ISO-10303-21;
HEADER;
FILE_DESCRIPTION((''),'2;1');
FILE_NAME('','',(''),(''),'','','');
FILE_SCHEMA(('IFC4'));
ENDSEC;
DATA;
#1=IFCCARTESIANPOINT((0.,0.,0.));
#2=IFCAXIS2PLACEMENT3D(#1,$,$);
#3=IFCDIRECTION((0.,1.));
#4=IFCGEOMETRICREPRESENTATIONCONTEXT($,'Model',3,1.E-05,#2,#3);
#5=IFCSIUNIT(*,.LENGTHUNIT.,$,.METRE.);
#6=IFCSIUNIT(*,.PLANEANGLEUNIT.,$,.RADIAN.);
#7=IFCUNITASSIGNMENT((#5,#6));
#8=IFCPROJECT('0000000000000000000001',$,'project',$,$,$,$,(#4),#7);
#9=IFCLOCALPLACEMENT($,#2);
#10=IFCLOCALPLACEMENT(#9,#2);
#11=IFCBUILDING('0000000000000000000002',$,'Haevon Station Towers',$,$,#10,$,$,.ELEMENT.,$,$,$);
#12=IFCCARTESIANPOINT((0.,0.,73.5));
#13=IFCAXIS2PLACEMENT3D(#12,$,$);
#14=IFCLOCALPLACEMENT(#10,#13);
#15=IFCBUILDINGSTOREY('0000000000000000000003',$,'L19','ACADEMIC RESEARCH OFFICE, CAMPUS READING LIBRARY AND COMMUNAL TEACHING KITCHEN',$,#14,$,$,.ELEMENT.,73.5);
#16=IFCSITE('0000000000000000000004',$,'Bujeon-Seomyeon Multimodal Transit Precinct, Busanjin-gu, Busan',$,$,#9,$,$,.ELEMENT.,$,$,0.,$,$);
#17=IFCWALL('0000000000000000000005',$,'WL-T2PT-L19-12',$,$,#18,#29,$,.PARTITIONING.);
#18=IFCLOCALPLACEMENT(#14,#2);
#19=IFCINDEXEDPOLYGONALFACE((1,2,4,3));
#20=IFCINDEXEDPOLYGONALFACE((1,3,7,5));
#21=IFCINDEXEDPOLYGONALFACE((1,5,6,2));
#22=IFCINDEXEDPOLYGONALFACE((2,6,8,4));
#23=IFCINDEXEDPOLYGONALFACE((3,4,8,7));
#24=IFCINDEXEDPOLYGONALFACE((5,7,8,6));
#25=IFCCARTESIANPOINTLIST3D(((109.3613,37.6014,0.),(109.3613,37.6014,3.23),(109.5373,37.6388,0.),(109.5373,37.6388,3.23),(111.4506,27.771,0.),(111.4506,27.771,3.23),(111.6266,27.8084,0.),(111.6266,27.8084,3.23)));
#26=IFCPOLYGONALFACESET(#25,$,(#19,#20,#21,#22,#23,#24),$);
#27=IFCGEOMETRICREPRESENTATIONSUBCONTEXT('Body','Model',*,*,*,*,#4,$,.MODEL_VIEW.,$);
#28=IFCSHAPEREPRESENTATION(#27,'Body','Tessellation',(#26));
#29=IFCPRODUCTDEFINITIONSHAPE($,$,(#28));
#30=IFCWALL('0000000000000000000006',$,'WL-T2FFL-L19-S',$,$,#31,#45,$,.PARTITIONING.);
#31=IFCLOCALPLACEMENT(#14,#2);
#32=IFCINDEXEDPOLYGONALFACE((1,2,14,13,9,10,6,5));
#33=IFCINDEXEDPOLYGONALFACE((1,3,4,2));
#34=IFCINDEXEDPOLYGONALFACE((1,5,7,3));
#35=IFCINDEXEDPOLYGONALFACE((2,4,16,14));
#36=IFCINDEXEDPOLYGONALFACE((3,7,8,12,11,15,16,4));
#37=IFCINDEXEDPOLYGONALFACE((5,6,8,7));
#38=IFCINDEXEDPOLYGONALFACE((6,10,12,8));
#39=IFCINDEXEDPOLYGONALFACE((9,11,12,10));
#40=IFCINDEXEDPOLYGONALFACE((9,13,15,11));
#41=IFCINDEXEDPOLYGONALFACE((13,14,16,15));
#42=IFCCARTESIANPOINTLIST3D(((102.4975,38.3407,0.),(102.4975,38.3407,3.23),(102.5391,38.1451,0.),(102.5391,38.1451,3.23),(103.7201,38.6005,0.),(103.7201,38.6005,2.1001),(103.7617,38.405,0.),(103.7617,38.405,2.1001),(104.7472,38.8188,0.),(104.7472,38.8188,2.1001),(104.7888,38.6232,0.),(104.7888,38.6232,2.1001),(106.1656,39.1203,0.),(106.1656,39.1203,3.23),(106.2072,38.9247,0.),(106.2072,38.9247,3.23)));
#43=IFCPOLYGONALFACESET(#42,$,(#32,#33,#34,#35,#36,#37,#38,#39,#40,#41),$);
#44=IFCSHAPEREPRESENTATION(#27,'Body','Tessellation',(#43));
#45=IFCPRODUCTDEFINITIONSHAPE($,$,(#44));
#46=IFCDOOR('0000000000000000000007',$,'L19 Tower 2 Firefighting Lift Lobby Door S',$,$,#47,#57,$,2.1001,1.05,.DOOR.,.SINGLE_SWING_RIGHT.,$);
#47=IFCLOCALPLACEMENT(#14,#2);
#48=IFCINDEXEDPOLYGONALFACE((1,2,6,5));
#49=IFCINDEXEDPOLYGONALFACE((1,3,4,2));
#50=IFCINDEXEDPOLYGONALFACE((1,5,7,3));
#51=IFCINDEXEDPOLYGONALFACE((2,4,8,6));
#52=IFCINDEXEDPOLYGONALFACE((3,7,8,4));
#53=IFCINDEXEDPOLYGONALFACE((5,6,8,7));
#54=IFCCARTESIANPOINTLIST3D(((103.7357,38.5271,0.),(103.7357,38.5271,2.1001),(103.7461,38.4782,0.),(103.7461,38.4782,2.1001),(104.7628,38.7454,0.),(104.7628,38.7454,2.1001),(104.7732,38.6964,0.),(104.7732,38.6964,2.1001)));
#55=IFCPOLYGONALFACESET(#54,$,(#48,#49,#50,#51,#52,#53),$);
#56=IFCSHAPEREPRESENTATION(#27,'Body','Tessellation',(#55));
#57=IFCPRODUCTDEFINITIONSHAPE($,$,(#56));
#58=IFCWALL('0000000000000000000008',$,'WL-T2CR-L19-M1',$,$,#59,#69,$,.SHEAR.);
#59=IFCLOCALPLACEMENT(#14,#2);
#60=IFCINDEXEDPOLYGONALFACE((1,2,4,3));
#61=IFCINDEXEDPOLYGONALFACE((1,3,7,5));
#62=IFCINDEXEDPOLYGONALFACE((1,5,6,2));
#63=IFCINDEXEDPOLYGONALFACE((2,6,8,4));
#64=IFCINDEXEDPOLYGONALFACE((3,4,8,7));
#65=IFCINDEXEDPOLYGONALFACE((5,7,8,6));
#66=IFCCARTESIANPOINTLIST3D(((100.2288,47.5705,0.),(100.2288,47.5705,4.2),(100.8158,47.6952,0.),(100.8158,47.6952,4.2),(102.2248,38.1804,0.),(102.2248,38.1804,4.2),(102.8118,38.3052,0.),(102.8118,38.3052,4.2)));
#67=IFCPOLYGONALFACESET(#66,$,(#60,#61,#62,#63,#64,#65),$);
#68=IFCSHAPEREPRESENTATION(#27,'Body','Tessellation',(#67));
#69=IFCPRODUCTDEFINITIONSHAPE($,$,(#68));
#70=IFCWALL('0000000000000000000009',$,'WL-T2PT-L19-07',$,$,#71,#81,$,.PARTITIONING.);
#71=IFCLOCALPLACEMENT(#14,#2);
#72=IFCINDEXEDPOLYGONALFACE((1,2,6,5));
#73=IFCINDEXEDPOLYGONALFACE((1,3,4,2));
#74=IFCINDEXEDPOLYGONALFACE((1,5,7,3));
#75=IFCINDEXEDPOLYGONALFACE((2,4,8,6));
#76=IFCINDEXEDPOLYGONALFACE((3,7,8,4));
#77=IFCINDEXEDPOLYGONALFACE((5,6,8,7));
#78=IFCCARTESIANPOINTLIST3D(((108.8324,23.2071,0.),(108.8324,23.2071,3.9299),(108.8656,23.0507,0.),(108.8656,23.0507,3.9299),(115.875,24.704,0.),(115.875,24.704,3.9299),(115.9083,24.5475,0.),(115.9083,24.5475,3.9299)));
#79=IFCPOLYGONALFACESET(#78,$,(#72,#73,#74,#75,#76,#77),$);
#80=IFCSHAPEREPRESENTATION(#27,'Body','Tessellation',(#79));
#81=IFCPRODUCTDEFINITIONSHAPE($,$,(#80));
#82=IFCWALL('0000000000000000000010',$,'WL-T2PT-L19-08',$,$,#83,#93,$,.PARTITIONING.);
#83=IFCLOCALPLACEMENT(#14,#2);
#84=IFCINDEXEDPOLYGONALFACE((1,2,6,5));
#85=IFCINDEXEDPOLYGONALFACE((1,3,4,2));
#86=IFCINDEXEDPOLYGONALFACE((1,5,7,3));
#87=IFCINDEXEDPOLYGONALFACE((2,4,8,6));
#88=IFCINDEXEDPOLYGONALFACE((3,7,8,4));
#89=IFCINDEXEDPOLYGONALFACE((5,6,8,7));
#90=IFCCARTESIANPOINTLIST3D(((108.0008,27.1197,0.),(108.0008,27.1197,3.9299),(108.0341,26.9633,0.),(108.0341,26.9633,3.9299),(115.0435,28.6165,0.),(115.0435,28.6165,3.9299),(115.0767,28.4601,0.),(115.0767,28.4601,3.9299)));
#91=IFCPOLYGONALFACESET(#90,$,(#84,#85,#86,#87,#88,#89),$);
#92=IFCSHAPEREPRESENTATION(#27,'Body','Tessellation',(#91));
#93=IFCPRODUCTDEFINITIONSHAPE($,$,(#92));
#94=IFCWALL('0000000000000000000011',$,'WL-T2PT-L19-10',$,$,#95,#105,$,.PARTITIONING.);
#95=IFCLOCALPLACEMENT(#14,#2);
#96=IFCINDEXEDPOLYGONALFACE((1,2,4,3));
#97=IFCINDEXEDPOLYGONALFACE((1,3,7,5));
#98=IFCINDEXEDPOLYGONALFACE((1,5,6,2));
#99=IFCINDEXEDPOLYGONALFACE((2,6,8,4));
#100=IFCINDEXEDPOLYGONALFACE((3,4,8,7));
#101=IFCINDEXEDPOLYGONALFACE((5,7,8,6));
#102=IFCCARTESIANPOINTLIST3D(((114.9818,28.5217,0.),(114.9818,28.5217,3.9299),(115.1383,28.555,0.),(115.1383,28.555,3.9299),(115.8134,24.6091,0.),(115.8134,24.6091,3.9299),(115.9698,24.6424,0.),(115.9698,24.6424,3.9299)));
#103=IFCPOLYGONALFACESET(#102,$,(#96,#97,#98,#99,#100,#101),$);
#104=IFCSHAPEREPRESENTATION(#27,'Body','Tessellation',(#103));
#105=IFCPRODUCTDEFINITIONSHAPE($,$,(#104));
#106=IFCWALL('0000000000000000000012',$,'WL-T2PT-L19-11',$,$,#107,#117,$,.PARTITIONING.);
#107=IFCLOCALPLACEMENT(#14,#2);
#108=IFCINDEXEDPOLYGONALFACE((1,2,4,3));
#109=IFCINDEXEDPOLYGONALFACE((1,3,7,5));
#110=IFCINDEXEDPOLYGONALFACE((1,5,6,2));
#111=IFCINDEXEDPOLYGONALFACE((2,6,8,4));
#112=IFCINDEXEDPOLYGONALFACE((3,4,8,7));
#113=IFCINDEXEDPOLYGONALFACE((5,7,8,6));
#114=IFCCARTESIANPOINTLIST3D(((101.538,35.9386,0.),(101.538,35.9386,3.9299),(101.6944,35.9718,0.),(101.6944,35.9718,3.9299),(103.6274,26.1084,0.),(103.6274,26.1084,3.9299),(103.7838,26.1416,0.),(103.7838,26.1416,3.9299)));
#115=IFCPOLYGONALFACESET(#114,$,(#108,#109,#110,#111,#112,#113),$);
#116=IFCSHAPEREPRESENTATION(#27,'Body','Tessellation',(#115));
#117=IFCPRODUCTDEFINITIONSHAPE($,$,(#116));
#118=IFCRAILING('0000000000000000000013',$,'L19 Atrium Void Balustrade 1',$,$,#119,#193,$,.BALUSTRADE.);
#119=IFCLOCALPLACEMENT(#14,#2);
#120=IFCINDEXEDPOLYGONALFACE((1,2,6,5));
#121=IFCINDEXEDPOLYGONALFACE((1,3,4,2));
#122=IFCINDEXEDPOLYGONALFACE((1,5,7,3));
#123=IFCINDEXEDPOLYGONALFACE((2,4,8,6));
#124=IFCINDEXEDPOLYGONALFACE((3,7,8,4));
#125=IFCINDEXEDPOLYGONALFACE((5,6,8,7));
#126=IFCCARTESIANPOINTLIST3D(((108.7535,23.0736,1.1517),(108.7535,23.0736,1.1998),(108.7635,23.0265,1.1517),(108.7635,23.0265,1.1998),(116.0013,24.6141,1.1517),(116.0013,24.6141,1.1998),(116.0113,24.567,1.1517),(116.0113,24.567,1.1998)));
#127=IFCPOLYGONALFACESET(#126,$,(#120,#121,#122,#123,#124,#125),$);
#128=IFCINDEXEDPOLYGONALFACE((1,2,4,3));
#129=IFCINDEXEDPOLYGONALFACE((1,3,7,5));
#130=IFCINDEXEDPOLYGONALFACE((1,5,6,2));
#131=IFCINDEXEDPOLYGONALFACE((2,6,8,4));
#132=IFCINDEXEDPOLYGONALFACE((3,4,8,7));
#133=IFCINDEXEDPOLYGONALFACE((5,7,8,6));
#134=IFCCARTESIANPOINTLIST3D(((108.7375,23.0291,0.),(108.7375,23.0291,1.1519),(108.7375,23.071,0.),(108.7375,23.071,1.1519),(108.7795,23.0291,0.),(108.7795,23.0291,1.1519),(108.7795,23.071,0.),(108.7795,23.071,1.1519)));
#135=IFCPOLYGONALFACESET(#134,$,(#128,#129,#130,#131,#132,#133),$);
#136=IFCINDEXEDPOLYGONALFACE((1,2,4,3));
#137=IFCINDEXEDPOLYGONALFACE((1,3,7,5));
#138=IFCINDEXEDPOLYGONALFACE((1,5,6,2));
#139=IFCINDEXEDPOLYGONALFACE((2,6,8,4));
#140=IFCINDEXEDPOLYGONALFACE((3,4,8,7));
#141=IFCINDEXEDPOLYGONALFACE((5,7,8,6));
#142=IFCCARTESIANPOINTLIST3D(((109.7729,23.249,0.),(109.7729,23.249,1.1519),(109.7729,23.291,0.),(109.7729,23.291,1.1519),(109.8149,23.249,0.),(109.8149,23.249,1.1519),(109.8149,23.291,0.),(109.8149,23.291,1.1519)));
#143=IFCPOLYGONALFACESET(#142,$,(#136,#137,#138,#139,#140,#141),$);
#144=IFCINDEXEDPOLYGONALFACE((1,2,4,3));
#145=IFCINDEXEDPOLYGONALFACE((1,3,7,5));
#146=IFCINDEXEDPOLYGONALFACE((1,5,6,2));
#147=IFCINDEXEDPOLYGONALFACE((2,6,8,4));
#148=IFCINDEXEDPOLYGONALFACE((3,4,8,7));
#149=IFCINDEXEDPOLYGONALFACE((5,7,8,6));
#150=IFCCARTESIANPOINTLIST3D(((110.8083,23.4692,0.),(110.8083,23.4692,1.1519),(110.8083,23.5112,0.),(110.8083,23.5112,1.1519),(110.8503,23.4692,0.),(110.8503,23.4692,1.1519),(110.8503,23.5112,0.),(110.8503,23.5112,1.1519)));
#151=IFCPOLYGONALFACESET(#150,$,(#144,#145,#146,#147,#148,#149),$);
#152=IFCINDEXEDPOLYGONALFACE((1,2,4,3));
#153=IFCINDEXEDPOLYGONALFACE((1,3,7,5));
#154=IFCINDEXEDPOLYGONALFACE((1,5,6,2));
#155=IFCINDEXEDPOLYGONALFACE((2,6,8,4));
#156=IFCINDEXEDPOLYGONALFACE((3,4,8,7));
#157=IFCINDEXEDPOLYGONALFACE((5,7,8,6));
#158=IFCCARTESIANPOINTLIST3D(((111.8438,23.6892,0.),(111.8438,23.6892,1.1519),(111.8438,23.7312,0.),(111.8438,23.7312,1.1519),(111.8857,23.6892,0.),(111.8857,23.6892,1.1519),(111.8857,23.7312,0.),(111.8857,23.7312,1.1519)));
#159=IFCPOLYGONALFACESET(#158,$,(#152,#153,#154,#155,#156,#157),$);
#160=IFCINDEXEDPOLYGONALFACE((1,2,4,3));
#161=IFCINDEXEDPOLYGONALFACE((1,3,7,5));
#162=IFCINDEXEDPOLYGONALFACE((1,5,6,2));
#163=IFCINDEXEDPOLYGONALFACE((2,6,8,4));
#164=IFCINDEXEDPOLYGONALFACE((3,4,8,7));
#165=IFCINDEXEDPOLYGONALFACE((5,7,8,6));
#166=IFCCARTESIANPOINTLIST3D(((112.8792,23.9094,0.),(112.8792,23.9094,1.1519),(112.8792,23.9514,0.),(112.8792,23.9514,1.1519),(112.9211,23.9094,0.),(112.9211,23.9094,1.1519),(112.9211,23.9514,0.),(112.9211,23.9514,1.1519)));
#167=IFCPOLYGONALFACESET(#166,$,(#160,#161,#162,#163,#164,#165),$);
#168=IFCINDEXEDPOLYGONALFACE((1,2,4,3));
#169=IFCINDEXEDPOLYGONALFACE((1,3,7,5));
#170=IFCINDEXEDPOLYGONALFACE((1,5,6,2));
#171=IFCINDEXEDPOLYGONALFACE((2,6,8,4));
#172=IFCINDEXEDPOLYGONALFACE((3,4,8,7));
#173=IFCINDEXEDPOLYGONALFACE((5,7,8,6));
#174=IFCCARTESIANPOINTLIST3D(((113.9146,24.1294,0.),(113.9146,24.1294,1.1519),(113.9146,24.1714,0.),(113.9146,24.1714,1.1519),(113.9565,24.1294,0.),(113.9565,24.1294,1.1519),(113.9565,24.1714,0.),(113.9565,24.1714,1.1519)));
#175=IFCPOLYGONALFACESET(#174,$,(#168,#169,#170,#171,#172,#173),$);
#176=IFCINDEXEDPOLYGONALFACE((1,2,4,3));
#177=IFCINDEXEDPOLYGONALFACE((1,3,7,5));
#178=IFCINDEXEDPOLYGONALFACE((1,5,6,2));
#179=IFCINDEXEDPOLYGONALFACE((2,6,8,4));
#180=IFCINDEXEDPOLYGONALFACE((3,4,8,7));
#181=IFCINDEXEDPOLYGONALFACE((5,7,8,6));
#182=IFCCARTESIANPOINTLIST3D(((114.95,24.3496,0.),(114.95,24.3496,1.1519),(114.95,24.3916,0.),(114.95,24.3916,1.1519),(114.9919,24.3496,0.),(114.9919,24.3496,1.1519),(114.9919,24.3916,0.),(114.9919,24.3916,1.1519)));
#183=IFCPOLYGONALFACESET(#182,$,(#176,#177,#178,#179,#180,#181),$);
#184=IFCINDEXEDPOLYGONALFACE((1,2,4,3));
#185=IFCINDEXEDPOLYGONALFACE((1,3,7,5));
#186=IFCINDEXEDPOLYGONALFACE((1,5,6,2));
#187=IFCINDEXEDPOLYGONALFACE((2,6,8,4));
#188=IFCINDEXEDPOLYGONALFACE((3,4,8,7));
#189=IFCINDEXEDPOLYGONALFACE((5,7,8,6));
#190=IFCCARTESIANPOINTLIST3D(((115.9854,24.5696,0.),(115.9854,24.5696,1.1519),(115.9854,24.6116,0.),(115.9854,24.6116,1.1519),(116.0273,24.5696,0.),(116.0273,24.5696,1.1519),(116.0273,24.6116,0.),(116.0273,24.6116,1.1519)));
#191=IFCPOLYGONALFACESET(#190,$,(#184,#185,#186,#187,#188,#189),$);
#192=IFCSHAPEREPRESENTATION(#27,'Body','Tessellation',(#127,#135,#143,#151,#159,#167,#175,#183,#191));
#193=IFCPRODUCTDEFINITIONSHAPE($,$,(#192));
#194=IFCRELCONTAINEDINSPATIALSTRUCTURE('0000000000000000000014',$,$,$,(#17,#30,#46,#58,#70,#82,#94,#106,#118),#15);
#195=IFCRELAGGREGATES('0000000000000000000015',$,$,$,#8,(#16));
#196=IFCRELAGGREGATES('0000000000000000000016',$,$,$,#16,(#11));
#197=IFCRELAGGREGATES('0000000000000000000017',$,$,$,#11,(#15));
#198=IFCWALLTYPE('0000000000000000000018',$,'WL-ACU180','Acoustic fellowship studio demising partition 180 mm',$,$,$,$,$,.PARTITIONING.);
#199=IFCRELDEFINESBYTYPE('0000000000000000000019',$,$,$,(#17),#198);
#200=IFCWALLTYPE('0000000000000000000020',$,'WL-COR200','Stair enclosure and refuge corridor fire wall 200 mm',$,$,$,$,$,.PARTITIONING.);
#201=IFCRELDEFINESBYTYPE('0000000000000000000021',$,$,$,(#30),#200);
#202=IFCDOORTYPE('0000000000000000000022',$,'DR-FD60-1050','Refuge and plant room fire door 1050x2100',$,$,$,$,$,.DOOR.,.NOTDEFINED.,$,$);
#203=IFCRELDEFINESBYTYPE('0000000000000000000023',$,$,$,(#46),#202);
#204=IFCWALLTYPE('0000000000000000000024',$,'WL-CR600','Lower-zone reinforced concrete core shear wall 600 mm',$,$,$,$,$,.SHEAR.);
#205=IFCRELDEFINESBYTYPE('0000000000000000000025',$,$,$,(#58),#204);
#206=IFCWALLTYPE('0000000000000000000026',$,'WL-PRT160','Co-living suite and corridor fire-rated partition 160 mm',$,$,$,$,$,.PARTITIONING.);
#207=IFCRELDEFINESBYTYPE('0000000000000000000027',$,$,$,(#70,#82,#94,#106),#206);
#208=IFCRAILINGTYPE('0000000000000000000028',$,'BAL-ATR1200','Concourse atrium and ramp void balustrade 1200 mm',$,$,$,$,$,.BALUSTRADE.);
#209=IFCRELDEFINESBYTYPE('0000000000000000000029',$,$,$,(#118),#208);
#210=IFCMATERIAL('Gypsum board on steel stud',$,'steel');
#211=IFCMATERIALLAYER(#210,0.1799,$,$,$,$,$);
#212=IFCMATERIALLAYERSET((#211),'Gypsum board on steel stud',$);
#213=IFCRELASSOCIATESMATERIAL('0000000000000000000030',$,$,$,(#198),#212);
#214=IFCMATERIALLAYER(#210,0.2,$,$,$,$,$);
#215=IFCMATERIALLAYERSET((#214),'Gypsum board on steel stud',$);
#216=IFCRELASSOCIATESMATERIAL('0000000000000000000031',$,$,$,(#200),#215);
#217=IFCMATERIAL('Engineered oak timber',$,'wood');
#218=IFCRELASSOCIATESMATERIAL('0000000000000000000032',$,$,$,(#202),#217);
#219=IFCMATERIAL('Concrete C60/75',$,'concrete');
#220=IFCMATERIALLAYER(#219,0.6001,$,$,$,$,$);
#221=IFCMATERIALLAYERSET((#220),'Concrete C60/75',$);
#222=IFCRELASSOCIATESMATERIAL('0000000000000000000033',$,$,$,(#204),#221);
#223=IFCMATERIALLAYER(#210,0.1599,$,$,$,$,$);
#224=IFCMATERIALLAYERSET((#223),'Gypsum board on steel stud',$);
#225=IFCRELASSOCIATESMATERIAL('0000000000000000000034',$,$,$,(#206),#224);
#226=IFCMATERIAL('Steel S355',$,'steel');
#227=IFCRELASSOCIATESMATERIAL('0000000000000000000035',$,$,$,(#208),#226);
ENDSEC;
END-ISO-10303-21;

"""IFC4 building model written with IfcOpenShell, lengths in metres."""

from ifc_helpers import new_model, si_unit, direction, frame, frame_2d, origin, origin_2d, place, context, subcontext, project, spatial, rectangle, extrude, material, layer, layer_set, type_object, element, fill, save


model = new_model("IFC4")

# Units and contexts
model_context = context("Model", 3, precision=1e-05, world=origin(), true_north=direction((0.0, 1.0)))
body_context = subcontext(model_context, "Body", "Model", "MODEL_VIEW")
ifc_project = project(units=[si_unit("LENGTHUNIT", "METRE"), si_unit("PLANEANGLEUNIT", "RADIAN")], contexts=[model_context])

# Site, building, storey
site_placement = place(None, origin())
site = spatial("IfcSite", under=ifc_project, at=site_placement, Name="Bujeon-Seomyeon Multimodal Transit Precinct, Busanjin-gu, Busan", CompositionType="ELEMENT", RefElevation=0.0)
building_placement = place(site_placement, origin())
building = spatial("IfcBuilding", under=site, at=building_placement, Name="Haevon Station Towers", CompositionType="ELEMENT")
storey_placement = place(building_placement, frame((0.0, 0.0, 73.5)))
storey = spatial("IfcBuildingStorey", under=building, at=storey_placement, Name="L19", Description="ACADEMIC RESEARCH OFFICE, CAMPUS READING LIBRARY AND COMMUNAL TEACHING KITCHEN", CompositionType="ELEMENT", Elevation=73.5)

# Shared definitions
ifc_material_1 = material(Name="Steel S355", Category="steel")

# Wall
ifc_material_2 = material(Name="Gypsum board on steel stud", Category="steel")
ifc_layer_1 = layer(ifc_material_2, 0.1799)
ifc_layer_set_1 = layer_set([ifc_layer_1], Name="Gypsum board on steel stud")
wall_type_1 = type_object("IfcWallType", Name="WL-ACU180", Description="Acoustic fellowship studio demising partition 180 mm", PredefinedType="PARTITIONING", material=ifc_layer_set_1)
wall_1_placement = place(storey_placement, frame((111.5386, 27.7898, 0.0), z_axis=(0.0, 0.0, 1.0), x_axis=(-0.207893, 0.978152, 0.0)))
element("IfcWall", 1, at=wall_1_placement, inside=storey, type_object=wall_type_1, Name="WL-T2PT-L19-12", PredefinedType="PARTITIONING", context=body_context, shape_type="SweptSolid", body=[
    extrude(rectangle(XDim=10.05, YDim=0.1799, at=frame_2d((5.0249, 0.0))), origin(), (0.0, 0.0, 1.0), 3.23),
])

# Wall, opening, door
ifc_layer_2 = layer(ifc_material_2, 0.2)
ifc_layer_set_2 = layer_set([ifc_layer_2], Name="Gypsum board on steel stud")
wall_type_2 = type_object("IfcWallType", Name="WL-COR200", Description="Stair enclosure and refuge corridor fire wall 200 mm", PredefinedType="PARTITIONING", material=ifc_layer_set_2)
wall_2_placement = place(storey_placement, frame((102.5183, 38.2429, 0.0), z_axis=(0.0, 0.0, 1.0), x_axis=(0.978154, 0.207884, 0.0)))
wall_2 = element("IfcWall", 2, at=wall_2_placement, inside=storey, type_object=wall_type_2, Name="WL-T2FFL-L19-S", PredefinedType="PARTITIONING", context=body_context, shape_type="SweptSolid", body=[
    extrude(rectangle(XDim=3.75, YDim=0.2, at=frame_2d((1.875, 0.0))), origin(), (0.0, 0.0, 1.0), 3.23),
])
opening_placement = place(wall_2_placement, frame((1.25, 0.0, 0.0)))
opening = element("IfcOpeningElement", 3, at=opening_placement, cuts=wall_2, PredefinedType="OPENING", context=body_context, shape_type="SweptSolid", body=[
    extrude(rectangle(XDim=1.05, YDim=2.1001, at=frame_2d((0.5249, 1.05))), frame((0.0, 0.1099, 0.0), z_axis=(0.0, -1.0, 0.0), x_axis=(1.0, 0.0, 0.0)), (0.0, 0.0, 1.0), 0.22),
])
ifc_material_3 = material(Name="Engineered oak timber", Category="wood")
door_type = type_object("IfcDoorType", Name="DR-FD60-1050", Description="Refuge and plant room fire door 1050x2100", OperationType="NOTDEFINED", PredefinedType="DOOR", material=ifc_material_3)
door_placement = place(opening_placement, origin())
door = element("IfcDoor", 4, at=door_placement, inside=storey, type_object=door_type, Name="L19 Tower 2 Firefighting Lift Lobby Door S", OperationType="SINGLE_SWING_RIGHT", OverallHeight=2.1001, OverallWidth=1.05, PredefinedType="DOOR", context=body_context, shape_type="SweptSolid", body=[
    extrude(rectangle(XDim=1.05, YDim=2.1001, at=frame_2d((0.5249, 1.05))), frame((0.0, 0.0249, 0.0), z_axis=(0.0, -1.0, 0.0), x_axis=(1.0, 0.0, 0.0)), (0.0, 0.0, 1.0), 0.05),
])
fill(opening, door)

# Walls
ifc_material_4 = material(Name="Concrete C60/75", Category="concrete")
ifc_layer_3 = layer(ifc_material_4, 0.6001)
ifc_layer_set_3 = layer_set([ifc_layer_3], Name="Concrete C60/75")
wall_type_3 = type_object("IfcWallType", Name="WL-CR600", Description="Lower-zone reinforced concrete core shear wall 600 mm", PredefinedType="SHEAR", material=ifc_layer_set_3)
wall_3_placement = place(storey_placement, frame((102.5183, 38.2429, 0.0), z_axis=(0.0, 0.0, 1.0), x_axis=(-0.207927, 0.978144, 0.0)))
element("IfcWall", 5, at=wall_3_placement, inside=storey, type_object=wall_type_3, Name="WL-T2CR-L19-M1", PredefinedType="SHEAR", context=body_context, shape_type="SweptSolid", body=[
    extrude(rectangle(XDim=9.5999, YDim=0.6001, at=frame_2d((4.7998, 0.0))), origin(), (0.0, 0.0, 1.0), 4.2),
])
ifc_layer_4 = layer(ifc_material_2, 0.1599)
ifc_layer_set_4 = layer_set([ifc_layer_4], Name="Gypsum board on steel stud")
wall_type_4 = type_object("IfcWallType", Name="WL-PRT160", Description="Co-living suite and corridor fire-rated partition 160 mm", PredefinedType="PARTITIONING", material=ifc_layer_set_4)
for number, where, z_axis, x_axis, name in (
    (6, (108.8489, 23.1289, 0.0), (0.0, 0.0, 1.0), (0.978152, 0.207892, 0.0), "WL-T2PT-L19-07"),
    (7, (108.0173, 27.0415, 0.0), (0.0, 0.0, 1.0), (0.978152, 0.207892, 0.0), "WL-T2PT-L19-08"),
):
    element("IfcWall", number, at=place(storey_placement, frame(where, z_axis=z_axis, x_axis=x_axis)), inside=storey, type_object=wall_type_4, Name=name, PredefinedType="PARTITIONING", context=body_context, shape_type="SweptSolid", body=[
        extrude(rectangle(XDim=7.2, YDim=0.1599, at=frame_2d((3.6001, 0.0))), origin(), (0.0, 0.0, 1.0), 3.9299),
    ])
wall_4_placement = place(storey_placement, frame((115.8916, 24.6257, 0.0), z_axis=(0.0, 0.0, 1.0), x_axis=(-0.207886, 0.978153, 0.0)))
element("IfcWall", 8, at=wall_4_placement, inside=storey, type_object=wall_type_4, Name="WL-T2PT-L19-10", PredefinedType="PARTITIONING", context=body_context, shape_type="SweptSolid", body=[
    extrude(rectangle(XDim=4.0, YDim=0.1599, at=frame_2d((2.0, 0.0))), origin(), (0.0, 0.0, 1.0), 3.9299),
])
wall_5_placement = place(storey_placement, frame((103.7056, 26.125, 0.0), z_axis=(0.0, 0.0, 1.0), x_axis=(-0.207898, 0.978151, 0.0)))
element("IfcWall", 9, at=wall_5_placement, inside=storey, type_object=wall_type_4, Name="WL-T2PT-L19-11", PredefinedType="PARTITIONING", context=body_context, shape_type="SweptSolid", body=[
    extrude(rectangle(XDim=10.0498, YDim=0.1599, at=frame_2d((5.0249, 0.0))), origin(), (0.0, 0.0, 1.0), 3.9299),
])

# Railing
railing_type_1 = type_object("IfcRailingType", Name="BAL-ATR1200", Description="Concourse atrium and ramp void balustrade 1200 mm", PredefinedType="BALUSTRADE", material=ifc_material_1)
railing_1_placement = place(storey_placement, frame((108.7585, 23.05, 0.0)))
element("IfcRailing", 10, at=railing_1_placement, inside=storey, type_object=railing_type_1, Name="L19 Atrium Void Balustrade 1", PredefinedType="BALUSTRADE", context=body_context, shape_type="SweptSolid", body=[
    extrude(rectangle(XDim=0.0481, YDim=0.0481, at=origin_2d()), frame((0.0, 0.0, 1.1758), z_axis=(0.978149, 0.207906, 0.0), x_axis=(-0.207906, 0.978149, 0.0)), (0.0, 0.0, 1.0), 7.4097),
    extrude(rectangle(XDim=0.042, YDim=0.042, at=origin_2d()), origin(), (0.0, 0.0, 1.0), 1.1519),
    extrude(rectangle(XDim=0.042, YDim=0.042, at=origin_2d()), frame((1.0354, 0.22, 0.0)), (0.0, 0.0, 1.0), 1.1519),
    extrude(rectangle(XDim=0.042, YDim=0.042, at=origin_2d()), frame((2.0708, 0.4402, 0.0)), (0.0, 0.0, 1.0), 1.1519),
    extrude(rectangle(XDim=0.042, YDim=0.042, at=origin_2d()), frame((3.1062, 0.6602, 0.0)), (0.0, 0.0, 1.0), 1.1519),
    extrude(rectangle(XDim=0.042, YDim=0.042, at=origin_2d()), frame((4.1416, 0.8804, 0.0)), (0.0, 0.0, 1.0), 1.1519),
    extrude(rectangle(XDim=0.042, YDim=0.042, at=origin_2d()), frame((5.177, 1.1003, 0.0)), (0.0, 0.0, 1.0), 1.1519),
    extrude(rectangle(XDim=0.042, YDim=0.042, at=origin_2d()), frame((6.2124, 1.3206, 0.0)), (0.0, 0.0, 1.0), 1.1519),
    extrude(rectangle(XDim=0.042, YDim=0.042, at=origin_2d()), frame((7.2478, 1.5405, 0.0)), (0.0, 0.0, 1.0), 1.1519),
])

save(model, "model.ifc")
